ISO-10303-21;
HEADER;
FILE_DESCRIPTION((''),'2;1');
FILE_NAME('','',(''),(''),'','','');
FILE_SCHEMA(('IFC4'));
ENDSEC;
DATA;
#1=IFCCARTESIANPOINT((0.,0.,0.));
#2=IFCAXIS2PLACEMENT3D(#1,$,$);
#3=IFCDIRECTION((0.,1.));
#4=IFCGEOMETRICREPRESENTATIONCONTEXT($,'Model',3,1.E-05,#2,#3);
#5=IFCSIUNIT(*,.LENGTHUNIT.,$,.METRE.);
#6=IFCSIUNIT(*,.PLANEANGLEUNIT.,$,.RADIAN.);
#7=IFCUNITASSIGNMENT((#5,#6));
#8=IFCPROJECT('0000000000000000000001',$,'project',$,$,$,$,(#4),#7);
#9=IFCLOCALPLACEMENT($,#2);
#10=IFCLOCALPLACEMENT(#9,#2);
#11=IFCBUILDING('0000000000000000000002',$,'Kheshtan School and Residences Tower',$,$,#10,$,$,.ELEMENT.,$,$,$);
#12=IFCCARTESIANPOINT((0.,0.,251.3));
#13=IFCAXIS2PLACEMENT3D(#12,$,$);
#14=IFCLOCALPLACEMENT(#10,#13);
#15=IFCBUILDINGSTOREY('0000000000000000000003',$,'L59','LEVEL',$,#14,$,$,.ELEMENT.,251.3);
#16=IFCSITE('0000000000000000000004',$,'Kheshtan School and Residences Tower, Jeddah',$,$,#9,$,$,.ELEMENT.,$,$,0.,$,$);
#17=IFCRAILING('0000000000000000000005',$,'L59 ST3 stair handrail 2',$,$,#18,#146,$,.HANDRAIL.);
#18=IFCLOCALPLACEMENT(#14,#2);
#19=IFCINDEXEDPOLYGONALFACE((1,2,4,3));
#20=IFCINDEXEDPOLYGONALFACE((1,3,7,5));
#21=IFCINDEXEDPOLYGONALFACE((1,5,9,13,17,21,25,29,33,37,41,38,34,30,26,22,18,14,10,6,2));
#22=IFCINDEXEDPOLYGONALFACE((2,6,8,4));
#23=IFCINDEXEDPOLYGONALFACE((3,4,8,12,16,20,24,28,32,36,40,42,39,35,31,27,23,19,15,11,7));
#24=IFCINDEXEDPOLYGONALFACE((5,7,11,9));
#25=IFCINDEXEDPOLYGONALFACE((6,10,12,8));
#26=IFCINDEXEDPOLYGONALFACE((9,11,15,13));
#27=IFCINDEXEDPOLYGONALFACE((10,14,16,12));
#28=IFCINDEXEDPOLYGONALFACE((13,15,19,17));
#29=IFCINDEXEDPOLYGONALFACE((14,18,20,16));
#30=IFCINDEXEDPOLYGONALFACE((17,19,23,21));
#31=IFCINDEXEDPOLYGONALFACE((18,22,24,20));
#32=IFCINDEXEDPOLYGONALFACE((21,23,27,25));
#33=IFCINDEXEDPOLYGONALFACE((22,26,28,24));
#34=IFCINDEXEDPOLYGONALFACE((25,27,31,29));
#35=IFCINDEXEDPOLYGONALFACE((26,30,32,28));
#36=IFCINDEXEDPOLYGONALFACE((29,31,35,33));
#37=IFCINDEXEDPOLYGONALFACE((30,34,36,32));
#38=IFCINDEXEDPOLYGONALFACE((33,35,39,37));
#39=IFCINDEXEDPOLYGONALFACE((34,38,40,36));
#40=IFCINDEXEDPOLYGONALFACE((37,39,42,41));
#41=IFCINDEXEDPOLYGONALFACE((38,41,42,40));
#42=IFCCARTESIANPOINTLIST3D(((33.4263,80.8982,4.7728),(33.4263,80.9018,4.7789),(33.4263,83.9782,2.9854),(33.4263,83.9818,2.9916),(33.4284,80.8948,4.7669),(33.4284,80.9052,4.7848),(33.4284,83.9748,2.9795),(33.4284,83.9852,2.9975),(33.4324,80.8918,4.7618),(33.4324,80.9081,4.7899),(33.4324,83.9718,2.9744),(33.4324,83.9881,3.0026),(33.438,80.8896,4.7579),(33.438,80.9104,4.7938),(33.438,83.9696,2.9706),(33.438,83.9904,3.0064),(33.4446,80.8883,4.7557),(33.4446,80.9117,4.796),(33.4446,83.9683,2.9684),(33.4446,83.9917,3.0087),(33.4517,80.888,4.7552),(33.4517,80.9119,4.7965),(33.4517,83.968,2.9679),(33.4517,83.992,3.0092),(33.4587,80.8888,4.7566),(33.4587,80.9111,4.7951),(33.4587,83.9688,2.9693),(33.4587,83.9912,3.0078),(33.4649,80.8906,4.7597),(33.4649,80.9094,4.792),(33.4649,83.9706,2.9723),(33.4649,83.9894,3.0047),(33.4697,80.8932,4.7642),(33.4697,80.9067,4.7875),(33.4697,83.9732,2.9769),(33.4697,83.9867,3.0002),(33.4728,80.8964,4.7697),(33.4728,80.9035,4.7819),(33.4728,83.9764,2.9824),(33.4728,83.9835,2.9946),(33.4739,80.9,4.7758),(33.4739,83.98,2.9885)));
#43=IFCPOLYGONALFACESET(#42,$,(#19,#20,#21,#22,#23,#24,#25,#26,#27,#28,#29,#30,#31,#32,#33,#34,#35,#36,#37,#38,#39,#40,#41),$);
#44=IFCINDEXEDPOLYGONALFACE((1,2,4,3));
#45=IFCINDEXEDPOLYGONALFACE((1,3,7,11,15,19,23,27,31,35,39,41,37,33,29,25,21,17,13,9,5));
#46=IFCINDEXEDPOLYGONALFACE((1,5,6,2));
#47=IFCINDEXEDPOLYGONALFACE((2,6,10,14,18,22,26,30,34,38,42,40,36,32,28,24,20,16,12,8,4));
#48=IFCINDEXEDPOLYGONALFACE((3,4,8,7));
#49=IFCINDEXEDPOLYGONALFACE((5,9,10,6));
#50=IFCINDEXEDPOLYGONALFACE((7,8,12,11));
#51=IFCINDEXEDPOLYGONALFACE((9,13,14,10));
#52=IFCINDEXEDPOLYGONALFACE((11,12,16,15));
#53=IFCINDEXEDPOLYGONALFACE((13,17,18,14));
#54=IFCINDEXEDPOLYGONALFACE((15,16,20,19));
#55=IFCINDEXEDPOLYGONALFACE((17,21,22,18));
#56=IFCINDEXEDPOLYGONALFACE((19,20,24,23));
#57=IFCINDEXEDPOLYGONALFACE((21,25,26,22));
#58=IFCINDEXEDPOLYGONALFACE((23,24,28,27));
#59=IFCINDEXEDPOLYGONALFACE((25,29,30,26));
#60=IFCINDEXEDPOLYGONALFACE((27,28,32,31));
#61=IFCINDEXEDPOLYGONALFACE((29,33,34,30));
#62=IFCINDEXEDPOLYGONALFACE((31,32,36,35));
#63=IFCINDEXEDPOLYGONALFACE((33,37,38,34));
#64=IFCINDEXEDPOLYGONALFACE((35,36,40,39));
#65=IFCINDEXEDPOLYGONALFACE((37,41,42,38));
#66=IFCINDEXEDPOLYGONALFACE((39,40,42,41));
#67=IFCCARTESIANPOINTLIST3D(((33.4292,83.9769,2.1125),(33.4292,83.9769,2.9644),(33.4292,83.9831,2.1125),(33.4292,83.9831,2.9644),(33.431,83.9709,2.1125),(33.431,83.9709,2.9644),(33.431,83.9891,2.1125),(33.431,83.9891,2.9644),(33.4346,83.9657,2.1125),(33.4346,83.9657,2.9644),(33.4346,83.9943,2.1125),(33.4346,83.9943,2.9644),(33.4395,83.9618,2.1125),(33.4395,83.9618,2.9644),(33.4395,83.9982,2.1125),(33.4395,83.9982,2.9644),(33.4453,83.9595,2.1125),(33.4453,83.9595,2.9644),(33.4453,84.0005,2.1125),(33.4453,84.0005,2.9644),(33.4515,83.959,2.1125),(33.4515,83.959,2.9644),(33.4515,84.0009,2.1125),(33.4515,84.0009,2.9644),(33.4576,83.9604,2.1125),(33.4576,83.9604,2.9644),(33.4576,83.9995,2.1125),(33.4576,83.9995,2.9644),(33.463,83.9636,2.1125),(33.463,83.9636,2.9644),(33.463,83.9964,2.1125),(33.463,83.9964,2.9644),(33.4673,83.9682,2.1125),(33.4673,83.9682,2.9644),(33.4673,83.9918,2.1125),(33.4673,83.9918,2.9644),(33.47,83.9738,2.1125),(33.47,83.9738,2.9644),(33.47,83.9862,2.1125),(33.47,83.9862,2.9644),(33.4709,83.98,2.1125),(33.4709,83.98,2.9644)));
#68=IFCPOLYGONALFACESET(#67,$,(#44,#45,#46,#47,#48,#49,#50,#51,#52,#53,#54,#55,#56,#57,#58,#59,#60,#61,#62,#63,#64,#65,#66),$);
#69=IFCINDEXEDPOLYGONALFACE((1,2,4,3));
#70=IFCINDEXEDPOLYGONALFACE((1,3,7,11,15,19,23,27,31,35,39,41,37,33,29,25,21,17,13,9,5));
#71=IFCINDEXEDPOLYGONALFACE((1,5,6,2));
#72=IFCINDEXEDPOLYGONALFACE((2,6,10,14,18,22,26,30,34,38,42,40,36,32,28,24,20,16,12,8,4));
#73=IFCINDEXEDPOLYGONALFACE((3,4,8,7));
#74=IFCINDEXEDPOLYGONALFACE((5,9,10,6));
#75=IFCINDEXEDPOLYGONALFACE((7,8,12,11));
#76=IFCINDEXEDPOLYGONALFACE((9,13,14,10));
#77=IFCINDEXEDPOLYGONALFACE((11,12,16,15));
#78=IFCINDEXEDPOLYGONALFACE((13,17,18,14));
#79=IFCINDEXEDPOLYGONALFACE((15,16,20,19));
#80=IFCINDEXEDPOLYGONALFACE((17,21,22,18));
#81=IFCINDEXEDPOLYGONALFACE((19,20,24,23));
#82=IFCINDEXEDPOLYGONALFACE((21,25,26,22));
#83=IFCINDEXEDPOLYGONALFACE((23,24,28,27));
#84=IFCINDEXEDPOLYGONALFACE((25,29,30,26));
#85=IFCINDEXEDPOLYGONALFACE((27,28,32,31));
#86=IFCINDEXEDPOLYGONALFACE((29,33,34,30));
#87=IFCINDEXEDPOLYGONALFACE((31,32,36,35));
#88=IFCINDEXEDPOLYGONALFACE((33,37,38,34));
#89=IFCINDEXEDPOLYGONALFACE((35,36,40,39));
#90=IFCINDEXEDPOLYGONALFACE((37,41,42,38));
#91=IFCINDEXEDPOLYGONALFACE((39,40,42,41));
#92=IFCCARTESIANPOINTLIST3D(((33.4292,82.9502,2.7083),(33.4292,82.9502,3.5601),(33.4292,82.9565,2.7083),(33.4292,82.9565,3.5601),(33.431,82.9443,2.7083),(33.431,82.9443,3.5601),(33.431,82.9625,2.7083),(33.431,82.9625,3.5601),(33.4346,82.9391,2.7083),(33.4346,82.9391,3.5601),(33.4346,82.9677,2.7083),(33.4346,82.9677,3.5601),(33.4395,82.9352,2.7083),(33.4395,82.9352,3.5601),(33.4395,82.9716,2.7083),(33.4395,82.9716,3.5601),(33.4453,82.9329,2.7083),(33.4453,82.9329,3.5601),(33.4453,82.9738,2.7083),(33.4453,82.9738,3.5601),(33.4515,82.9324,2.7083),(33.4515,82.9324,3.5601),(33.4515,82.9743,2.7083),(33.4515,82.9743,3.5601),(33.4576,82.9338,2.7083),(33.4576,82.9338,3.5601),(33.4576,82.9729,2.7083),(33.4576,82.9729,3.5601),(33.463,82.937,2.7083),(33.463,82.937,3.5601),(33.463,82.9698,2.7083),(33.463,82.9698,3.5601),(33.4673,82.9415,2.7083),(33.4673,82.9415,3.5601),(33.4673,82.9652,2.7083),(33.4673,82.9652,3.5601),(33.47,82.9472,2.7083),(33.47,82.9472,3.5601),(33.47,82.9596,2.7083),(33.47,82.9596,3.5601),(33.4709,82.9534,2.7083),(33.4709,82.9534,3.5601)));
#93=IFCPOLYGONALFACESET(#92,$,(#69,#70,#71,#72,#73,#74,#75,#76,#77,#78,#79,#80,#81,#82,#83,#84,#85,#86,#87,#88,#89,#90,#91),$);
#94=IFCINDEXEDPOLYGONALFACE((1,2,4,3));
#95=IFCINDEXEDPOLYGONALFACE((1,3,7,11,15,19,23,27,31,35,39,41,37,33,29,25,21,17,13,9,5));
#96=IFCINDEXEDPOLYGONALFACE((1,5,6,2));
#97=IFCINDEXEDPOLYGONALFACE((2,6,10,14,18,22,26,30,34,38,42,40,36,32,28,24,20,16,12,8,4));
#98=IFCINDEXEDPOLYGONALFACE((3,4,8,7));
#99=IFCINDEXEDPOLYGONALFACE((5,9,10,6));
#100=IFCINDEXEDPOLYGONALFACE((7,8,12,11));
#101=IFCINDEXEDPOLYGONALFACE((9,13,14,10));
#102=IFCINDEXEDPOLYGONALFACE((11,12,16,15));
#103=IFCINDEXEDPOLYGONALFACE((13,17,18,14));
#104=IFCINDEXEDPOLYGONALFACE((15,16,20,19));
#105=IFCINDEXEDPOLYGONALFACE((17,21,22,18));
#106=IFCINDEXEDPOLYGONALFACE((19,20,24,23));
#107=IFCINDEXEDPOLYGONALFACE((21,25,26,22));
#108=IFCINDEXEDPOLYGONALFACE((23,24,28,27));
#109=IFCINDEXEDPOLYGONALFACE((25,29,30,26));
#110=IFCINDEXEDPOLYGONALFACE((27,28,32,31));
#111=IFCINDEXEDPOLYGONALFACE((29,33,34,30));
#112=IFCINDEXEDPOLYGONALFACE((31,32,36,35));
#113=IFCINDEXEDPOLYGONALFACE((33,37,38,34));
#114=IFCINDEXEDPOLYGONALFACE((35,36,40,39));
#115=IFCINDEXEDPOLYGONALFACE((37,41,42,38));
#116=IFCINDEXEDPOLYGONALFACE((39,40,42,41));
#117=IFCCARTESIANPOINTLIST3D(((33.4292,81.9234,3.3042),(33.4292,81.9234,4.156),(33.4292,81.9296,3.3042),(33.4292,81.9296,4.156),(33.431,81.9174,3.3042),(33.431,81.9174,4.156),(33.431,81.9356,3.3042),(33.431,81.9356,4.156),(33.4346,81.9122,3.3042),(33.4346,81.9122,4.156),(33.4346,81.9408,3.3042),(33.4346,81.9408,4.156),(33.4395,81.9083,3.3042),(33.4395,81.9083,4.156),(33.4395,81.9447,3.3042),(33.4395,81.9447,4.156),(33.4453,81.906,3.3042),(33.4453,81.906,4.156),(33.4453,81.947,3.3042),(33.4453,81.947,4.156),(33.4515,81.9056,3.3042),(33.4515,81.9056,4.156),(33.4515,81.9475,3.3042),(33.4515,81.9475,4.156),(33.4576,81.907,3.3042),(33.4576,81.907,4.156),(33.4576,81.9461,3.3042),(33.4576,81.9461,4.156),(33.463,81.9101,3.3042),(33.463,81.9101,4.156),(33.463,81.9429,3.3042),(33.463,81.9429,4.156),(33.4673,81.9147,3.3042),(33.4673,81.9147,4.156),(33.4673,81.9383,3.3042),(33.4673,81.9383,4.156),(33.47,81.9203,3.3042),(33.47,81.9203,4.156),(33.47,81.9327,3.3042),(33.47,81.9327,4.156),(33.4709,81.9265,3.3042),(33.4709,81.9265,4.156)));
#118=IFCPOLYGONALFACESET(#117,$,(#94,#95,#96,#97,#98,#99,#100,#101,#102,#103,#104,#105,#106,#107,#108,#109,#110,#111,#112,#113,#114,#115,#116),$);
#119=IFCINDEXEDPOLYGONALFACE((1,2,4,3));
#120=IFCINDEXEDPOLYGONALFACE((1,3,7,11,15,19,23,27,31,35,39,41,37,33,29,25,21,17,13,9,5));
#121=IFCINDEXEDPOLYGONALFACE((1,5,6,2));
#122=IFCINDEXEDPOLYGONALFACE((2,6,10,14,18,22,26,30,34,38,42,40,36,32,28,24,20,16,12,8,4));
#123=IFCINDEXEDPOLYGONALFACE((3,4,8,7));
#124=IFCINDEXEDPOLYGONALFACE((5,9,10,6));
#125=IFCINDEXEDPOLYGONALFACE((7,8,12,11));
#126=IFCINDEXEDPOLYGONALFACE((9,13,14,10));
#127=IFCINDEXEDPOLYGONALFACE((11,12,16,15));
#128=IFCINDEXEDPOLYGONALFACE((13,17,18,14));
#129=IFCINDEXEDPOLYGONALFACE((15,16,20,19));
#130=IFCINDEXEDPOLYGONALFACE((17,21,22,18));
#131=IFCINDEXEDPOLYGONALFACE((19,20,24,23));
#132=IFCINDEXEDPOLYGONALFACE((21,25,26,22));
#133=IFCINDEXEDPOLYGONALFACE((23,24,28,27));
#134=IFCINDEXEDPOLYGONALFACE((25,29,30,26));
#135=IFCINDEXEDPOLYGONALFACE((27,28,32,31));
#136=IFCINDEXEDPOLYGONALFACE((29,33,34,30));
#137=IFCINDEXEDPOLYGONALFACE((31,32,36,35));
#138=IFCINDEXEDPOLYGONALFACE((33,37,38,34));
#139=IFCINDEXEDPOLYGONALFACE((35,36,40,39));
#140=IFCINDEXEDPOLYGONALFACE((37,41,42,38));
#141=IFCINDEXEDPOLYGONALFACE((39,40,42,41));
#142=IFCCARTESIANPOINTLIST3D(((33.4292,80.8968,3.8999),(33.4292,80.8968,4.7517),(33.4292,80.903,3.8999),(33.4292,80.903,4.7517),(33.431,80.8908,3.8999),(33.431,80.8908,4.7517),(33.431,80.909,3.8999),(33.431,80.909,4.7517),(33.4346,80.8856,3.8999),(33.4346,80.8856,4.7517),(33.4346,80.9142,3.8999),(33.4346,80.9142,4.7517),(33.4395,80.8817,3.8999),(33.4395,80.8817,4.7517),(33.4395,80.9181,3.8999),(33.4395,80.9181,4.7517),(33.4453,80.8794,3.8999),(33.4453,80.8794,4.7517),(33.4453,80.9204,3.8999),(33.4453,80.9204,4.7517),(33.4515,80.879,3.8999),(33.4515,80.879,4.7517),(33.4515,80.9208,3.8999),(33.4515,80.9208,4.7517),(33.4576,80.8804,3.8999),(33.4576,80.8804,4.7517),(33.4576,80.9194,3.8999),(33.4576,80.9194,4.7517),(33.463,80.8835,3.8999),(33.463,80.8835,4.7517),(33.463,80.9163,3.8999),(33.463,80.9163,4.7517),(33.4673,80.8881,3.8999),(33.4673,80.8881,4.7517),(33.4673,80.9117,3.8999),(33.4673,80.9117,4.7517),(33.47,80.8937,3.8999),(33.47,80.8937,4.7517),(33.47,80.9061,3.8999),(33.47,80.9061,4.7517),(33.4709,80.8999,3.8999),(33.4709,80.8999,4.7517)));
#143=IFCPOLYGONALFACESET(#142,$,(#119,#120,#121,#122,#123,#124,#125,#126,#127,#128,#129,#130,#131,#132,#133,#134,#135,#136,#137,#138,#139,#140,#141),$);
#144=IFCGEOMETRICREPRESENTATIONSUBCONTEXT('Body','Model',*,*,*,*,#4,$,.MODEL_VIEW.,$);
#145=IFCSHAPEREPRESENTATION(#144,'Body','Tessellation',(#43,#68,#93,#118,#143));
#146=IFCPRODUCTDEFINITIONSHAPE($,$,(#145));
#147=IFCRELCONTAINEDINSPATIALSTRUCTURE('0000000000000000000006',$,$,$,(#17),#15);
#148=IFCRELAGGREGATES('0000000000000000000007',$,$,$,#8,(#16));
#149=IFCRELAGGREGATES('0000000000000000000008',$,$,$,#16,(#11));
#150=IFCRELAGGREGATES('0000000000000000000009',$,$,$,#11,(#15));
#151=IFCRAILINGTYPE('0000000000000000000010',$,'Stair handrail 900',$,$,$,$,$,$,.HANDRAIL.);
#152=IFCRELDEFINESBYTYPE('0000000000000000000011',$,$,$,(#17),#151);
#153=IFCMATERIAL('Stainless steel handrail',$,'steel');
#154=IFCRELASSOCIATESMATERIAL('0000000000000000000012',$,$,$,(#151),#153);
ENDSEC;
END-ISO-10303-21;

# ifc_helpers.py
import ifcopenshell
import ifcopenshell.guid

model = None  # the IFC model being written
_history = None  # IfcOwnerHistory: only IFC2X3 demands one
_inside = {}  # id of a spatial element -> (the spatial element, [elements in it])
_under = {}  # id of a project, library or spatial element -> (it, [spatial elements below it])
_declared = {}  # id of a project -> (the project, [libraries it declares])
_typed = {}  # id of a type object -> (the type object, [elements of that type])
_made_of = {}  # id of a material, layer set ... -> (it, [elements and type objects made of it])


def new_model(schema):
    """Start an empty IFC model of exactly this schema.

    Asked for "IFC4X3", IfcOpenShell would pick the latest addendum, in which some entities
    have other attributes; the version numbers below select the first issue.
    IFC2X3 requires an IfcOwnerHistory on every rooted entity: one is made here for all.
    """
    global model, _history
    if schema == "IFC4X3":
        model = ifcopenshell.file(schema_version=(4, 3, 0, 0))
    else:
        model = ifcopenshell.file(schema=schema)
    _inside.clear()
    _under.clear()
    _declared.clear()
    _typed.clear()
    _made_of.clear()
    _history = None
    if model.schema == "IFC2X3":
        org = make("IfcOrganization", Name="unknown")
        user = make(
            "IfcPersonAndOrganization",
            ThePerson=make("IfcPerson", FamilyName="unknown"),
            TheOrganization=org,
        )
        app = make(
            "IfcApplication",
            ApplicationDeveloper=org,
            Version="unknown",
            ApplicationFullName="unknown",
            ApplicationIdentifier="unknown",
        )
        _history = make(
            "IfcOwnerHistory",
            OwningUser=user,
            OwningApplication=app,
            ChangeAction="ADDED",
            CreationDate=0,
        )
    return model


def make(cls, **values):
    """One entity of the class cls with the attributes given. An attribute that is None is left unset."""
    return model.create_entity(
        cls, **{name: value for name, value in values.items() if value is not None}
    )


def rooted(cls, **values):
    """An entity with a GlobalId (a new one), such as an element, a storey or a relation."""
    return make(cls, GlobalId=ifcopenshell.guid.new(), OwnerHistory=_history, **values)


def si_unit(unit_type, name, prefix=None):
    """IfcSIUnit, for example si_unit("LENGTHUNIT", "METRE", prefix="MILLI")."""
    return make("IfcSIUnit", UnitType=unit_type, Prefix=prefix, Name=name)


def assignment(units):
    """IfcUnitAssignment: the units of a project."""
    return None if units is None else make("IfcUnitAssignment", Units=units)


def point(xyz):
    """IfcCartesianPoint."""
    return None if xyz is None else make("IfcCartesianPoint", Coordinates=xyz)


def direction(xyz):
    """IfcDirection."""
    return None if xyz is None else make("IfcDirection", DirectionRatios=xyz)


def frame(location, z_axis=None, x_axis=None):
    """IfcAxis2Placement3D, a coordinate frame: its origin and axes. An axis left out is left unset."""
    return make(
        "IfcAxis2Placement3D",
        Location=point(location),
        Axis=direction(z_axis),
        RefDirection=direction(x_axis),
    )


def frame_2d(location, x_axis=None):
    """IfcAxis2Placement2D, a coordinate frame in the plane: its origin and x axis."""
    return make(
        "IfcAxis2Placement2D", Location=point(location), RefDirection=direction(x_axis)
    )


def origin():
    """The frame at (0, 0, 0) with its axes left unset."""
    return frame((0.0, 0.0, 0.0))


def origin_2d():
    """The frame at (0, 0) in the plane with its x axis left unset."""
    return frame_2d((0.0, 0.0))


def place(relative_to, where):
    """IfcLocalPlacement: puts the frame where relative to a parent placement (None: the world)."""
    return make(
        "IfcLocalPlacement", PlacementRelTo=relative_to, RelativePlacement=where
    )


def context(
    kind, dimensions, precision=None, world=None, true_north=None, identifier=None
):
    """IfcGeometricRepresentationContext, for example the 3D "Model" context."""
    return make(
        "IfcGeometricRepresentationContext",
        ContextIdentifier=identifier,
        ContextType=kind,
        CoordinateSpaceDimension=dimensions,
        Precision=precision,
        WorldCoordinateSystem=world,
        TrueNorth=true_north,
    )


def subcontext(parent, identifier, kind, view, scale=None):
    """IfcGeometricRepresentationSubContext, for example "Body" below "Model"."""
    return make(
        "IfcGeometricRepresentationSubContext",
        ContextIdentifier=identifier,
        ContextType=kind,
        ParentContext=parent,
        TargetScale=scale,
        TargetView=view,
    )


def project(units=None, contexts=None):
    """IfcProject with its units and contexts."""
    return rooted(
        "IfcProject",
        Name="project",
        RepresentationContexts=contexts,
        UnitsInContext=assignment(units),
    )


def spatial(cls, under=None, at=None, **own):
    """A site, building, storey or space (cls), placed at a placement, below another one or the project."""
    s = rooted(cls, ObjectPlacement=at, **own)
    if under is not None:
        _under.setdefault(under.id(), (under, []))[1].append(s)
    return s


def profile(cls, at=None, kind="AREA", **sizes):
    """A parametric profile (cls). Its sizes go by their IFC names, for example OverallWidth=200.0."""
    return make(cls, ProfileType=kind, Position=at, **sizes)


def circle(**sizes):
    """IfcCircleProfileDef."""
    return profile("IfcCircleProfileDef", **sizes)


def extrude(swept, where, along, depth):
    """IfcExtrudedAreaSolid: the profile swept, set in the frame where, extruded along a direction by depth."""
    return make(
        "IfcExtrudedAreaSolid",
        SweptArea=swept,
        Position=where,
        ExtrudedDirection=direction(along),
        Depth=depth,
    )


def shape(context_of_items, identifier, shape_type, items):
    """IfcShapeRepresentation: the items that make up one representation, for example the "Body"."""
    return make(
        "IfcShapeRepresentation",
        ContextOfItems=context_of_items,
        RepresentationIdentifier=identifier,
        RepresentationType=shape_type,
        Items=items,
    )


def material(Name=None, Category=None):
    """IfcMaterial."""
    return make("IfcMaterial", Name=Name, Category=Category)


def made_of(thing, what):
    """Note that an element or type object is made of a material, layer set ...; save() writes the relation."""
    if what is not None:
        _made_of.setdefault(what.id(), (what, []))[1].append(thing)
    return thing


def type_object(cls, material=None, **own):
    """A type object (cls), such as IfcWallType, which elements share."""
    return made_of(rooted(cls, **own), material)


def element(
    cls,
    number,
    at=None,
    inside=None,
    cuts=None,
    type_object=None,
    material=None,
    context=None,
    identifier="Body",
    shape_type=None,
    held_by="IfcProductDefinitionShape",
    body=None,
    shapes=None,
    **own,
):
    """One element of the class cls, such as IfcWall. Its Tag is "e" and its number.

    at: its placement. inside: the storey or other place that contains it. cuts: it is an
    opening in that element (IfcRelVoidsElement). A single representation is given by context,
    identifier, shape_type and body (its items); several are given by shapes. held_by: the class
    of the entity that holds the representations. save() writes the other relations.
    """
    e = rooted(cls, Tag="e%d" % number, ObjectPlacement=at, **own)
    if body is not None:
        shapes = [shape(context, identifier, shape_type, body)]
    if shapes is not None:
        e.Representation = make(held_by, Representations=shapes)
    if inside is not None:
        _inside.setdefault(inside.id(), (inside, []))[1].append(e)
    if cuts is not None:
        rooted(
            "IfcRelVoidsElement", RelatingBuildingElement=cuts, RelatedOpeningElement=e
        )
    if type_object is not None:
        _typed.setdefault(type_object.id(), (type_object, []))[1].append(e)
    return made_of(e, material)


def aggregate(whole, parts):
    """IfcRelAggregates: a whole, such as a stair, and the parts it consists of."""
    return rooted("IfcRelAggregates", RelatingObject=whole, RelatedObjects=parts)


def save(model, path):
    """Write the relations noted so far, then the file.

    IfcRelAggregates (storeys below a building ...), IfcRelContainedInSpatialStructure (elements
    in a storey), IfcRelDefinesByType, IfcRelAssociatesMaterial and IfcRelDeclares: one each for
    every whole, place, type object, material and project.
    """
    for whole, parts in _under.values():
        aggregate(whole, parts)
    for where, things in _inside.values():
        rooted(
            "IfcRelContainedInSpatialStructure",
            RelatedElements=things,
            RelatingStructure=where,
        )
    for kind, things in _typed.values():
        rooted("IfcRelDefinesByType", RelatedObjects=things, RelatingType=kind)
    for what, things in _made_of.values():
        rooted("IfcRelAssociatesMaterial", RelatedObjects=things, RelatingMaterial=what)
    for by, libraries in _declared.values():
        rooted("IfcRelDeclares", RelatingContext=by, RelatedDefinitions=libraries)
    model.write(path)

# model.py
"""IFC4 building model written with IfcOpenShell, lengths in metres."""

from ifc_helpers import new_model, si_unit, direction, frame, origin, origin_2d, place, context, subcontext, project, spatial, circle, extrude, material, type_object, element, save


model = new_model("IFC4")

# Units and contexts
model_context = context("Model", 3, precision=1e-05, world=origin(), true_north=direction((0.0, 1.0)))
body_context = subcontext(model_context, "Body", "Model", "MODEL_VIEW")
ifc_project = project(units=[si_unit("LENGTHUNIT", "METRE"), si_unit("PLANEANGLEUNIT", "RADIAN")], contexts=[model_context])

# Site, building, storey
site_placement = place(None, origin())
site = spatial("IfcSite", under=ifc_project, at=site_placement, Name="Kheshtan School and Residences Tower, Jeddah", CompositionType="ELEMENT", RefElevation=0.0)
building_placement = place(site_placement, origin())
building = spatial("IfcBuilding", under=site, at=building_placement, Name="Kheshtan School and Residences Tower", CompositionType="ELEMENT")
storey_placement = place(building_placement, frame((0.0, 0.0, 251.3)))
storey = spatial("IfcBuildingStorey", under=building, at=storey_placement, Name="L59", Description="LEVEL", CompositionType="ELEMENT", Elevation=251.3)

# Railing
ifc_material_1 = material(Name="Stainless steel handrail", Category="steel")
railing_type_1 = type_object("IfcRailingType", Name="Stair handrail 900", PredefinedType="HANDRAIL", material=ifc_material_1)
railing_1_placement = place(storey_placement, frame((33.45, 83.98, 2.1125)))
element("IfcRailing", 1, at=railing_1_placement, inside=storey, type_object=railing_type_1, Name="L59 ST3 stair handrail 2", PredefinedType="HANDRAIL", context=body_context, shape_type="SweptSolid", body=[
    extrude(circle(Radius=0.0239, at=origin_2d()), frame((0.0, 0.0, 0.876), z_axis=(0.0, -0.86492, 0.501909), x_axis=(1.0, 0.0, 0.0)), (0.0, 0.0, 1.0), 3.561),
    extrude(circle(Radius=0.021, at=origin_2d()), origin(), (0.0, 0.0, 1.0), 0.8518),
    extrude(circle(Radius=0.021, at=origin_2d()), frame((0.0, -1.0266, 0.5957)), (0.0, 0.0, 1.0), 0.8518),
    extrude(circle(Radius=0.021, at=origin_2d()), frame((0.0, -2.0535, 1.1917)), (0.0, 0.0, 1.0), 0.8518),
    extrude(circle(Radius=0.021, at=origin_2d()), frame((0.0, -3.0801, 1.7874)), (0.0, 0.0, 1.0), 0.8518),
])

save(model, "model.ifc")
